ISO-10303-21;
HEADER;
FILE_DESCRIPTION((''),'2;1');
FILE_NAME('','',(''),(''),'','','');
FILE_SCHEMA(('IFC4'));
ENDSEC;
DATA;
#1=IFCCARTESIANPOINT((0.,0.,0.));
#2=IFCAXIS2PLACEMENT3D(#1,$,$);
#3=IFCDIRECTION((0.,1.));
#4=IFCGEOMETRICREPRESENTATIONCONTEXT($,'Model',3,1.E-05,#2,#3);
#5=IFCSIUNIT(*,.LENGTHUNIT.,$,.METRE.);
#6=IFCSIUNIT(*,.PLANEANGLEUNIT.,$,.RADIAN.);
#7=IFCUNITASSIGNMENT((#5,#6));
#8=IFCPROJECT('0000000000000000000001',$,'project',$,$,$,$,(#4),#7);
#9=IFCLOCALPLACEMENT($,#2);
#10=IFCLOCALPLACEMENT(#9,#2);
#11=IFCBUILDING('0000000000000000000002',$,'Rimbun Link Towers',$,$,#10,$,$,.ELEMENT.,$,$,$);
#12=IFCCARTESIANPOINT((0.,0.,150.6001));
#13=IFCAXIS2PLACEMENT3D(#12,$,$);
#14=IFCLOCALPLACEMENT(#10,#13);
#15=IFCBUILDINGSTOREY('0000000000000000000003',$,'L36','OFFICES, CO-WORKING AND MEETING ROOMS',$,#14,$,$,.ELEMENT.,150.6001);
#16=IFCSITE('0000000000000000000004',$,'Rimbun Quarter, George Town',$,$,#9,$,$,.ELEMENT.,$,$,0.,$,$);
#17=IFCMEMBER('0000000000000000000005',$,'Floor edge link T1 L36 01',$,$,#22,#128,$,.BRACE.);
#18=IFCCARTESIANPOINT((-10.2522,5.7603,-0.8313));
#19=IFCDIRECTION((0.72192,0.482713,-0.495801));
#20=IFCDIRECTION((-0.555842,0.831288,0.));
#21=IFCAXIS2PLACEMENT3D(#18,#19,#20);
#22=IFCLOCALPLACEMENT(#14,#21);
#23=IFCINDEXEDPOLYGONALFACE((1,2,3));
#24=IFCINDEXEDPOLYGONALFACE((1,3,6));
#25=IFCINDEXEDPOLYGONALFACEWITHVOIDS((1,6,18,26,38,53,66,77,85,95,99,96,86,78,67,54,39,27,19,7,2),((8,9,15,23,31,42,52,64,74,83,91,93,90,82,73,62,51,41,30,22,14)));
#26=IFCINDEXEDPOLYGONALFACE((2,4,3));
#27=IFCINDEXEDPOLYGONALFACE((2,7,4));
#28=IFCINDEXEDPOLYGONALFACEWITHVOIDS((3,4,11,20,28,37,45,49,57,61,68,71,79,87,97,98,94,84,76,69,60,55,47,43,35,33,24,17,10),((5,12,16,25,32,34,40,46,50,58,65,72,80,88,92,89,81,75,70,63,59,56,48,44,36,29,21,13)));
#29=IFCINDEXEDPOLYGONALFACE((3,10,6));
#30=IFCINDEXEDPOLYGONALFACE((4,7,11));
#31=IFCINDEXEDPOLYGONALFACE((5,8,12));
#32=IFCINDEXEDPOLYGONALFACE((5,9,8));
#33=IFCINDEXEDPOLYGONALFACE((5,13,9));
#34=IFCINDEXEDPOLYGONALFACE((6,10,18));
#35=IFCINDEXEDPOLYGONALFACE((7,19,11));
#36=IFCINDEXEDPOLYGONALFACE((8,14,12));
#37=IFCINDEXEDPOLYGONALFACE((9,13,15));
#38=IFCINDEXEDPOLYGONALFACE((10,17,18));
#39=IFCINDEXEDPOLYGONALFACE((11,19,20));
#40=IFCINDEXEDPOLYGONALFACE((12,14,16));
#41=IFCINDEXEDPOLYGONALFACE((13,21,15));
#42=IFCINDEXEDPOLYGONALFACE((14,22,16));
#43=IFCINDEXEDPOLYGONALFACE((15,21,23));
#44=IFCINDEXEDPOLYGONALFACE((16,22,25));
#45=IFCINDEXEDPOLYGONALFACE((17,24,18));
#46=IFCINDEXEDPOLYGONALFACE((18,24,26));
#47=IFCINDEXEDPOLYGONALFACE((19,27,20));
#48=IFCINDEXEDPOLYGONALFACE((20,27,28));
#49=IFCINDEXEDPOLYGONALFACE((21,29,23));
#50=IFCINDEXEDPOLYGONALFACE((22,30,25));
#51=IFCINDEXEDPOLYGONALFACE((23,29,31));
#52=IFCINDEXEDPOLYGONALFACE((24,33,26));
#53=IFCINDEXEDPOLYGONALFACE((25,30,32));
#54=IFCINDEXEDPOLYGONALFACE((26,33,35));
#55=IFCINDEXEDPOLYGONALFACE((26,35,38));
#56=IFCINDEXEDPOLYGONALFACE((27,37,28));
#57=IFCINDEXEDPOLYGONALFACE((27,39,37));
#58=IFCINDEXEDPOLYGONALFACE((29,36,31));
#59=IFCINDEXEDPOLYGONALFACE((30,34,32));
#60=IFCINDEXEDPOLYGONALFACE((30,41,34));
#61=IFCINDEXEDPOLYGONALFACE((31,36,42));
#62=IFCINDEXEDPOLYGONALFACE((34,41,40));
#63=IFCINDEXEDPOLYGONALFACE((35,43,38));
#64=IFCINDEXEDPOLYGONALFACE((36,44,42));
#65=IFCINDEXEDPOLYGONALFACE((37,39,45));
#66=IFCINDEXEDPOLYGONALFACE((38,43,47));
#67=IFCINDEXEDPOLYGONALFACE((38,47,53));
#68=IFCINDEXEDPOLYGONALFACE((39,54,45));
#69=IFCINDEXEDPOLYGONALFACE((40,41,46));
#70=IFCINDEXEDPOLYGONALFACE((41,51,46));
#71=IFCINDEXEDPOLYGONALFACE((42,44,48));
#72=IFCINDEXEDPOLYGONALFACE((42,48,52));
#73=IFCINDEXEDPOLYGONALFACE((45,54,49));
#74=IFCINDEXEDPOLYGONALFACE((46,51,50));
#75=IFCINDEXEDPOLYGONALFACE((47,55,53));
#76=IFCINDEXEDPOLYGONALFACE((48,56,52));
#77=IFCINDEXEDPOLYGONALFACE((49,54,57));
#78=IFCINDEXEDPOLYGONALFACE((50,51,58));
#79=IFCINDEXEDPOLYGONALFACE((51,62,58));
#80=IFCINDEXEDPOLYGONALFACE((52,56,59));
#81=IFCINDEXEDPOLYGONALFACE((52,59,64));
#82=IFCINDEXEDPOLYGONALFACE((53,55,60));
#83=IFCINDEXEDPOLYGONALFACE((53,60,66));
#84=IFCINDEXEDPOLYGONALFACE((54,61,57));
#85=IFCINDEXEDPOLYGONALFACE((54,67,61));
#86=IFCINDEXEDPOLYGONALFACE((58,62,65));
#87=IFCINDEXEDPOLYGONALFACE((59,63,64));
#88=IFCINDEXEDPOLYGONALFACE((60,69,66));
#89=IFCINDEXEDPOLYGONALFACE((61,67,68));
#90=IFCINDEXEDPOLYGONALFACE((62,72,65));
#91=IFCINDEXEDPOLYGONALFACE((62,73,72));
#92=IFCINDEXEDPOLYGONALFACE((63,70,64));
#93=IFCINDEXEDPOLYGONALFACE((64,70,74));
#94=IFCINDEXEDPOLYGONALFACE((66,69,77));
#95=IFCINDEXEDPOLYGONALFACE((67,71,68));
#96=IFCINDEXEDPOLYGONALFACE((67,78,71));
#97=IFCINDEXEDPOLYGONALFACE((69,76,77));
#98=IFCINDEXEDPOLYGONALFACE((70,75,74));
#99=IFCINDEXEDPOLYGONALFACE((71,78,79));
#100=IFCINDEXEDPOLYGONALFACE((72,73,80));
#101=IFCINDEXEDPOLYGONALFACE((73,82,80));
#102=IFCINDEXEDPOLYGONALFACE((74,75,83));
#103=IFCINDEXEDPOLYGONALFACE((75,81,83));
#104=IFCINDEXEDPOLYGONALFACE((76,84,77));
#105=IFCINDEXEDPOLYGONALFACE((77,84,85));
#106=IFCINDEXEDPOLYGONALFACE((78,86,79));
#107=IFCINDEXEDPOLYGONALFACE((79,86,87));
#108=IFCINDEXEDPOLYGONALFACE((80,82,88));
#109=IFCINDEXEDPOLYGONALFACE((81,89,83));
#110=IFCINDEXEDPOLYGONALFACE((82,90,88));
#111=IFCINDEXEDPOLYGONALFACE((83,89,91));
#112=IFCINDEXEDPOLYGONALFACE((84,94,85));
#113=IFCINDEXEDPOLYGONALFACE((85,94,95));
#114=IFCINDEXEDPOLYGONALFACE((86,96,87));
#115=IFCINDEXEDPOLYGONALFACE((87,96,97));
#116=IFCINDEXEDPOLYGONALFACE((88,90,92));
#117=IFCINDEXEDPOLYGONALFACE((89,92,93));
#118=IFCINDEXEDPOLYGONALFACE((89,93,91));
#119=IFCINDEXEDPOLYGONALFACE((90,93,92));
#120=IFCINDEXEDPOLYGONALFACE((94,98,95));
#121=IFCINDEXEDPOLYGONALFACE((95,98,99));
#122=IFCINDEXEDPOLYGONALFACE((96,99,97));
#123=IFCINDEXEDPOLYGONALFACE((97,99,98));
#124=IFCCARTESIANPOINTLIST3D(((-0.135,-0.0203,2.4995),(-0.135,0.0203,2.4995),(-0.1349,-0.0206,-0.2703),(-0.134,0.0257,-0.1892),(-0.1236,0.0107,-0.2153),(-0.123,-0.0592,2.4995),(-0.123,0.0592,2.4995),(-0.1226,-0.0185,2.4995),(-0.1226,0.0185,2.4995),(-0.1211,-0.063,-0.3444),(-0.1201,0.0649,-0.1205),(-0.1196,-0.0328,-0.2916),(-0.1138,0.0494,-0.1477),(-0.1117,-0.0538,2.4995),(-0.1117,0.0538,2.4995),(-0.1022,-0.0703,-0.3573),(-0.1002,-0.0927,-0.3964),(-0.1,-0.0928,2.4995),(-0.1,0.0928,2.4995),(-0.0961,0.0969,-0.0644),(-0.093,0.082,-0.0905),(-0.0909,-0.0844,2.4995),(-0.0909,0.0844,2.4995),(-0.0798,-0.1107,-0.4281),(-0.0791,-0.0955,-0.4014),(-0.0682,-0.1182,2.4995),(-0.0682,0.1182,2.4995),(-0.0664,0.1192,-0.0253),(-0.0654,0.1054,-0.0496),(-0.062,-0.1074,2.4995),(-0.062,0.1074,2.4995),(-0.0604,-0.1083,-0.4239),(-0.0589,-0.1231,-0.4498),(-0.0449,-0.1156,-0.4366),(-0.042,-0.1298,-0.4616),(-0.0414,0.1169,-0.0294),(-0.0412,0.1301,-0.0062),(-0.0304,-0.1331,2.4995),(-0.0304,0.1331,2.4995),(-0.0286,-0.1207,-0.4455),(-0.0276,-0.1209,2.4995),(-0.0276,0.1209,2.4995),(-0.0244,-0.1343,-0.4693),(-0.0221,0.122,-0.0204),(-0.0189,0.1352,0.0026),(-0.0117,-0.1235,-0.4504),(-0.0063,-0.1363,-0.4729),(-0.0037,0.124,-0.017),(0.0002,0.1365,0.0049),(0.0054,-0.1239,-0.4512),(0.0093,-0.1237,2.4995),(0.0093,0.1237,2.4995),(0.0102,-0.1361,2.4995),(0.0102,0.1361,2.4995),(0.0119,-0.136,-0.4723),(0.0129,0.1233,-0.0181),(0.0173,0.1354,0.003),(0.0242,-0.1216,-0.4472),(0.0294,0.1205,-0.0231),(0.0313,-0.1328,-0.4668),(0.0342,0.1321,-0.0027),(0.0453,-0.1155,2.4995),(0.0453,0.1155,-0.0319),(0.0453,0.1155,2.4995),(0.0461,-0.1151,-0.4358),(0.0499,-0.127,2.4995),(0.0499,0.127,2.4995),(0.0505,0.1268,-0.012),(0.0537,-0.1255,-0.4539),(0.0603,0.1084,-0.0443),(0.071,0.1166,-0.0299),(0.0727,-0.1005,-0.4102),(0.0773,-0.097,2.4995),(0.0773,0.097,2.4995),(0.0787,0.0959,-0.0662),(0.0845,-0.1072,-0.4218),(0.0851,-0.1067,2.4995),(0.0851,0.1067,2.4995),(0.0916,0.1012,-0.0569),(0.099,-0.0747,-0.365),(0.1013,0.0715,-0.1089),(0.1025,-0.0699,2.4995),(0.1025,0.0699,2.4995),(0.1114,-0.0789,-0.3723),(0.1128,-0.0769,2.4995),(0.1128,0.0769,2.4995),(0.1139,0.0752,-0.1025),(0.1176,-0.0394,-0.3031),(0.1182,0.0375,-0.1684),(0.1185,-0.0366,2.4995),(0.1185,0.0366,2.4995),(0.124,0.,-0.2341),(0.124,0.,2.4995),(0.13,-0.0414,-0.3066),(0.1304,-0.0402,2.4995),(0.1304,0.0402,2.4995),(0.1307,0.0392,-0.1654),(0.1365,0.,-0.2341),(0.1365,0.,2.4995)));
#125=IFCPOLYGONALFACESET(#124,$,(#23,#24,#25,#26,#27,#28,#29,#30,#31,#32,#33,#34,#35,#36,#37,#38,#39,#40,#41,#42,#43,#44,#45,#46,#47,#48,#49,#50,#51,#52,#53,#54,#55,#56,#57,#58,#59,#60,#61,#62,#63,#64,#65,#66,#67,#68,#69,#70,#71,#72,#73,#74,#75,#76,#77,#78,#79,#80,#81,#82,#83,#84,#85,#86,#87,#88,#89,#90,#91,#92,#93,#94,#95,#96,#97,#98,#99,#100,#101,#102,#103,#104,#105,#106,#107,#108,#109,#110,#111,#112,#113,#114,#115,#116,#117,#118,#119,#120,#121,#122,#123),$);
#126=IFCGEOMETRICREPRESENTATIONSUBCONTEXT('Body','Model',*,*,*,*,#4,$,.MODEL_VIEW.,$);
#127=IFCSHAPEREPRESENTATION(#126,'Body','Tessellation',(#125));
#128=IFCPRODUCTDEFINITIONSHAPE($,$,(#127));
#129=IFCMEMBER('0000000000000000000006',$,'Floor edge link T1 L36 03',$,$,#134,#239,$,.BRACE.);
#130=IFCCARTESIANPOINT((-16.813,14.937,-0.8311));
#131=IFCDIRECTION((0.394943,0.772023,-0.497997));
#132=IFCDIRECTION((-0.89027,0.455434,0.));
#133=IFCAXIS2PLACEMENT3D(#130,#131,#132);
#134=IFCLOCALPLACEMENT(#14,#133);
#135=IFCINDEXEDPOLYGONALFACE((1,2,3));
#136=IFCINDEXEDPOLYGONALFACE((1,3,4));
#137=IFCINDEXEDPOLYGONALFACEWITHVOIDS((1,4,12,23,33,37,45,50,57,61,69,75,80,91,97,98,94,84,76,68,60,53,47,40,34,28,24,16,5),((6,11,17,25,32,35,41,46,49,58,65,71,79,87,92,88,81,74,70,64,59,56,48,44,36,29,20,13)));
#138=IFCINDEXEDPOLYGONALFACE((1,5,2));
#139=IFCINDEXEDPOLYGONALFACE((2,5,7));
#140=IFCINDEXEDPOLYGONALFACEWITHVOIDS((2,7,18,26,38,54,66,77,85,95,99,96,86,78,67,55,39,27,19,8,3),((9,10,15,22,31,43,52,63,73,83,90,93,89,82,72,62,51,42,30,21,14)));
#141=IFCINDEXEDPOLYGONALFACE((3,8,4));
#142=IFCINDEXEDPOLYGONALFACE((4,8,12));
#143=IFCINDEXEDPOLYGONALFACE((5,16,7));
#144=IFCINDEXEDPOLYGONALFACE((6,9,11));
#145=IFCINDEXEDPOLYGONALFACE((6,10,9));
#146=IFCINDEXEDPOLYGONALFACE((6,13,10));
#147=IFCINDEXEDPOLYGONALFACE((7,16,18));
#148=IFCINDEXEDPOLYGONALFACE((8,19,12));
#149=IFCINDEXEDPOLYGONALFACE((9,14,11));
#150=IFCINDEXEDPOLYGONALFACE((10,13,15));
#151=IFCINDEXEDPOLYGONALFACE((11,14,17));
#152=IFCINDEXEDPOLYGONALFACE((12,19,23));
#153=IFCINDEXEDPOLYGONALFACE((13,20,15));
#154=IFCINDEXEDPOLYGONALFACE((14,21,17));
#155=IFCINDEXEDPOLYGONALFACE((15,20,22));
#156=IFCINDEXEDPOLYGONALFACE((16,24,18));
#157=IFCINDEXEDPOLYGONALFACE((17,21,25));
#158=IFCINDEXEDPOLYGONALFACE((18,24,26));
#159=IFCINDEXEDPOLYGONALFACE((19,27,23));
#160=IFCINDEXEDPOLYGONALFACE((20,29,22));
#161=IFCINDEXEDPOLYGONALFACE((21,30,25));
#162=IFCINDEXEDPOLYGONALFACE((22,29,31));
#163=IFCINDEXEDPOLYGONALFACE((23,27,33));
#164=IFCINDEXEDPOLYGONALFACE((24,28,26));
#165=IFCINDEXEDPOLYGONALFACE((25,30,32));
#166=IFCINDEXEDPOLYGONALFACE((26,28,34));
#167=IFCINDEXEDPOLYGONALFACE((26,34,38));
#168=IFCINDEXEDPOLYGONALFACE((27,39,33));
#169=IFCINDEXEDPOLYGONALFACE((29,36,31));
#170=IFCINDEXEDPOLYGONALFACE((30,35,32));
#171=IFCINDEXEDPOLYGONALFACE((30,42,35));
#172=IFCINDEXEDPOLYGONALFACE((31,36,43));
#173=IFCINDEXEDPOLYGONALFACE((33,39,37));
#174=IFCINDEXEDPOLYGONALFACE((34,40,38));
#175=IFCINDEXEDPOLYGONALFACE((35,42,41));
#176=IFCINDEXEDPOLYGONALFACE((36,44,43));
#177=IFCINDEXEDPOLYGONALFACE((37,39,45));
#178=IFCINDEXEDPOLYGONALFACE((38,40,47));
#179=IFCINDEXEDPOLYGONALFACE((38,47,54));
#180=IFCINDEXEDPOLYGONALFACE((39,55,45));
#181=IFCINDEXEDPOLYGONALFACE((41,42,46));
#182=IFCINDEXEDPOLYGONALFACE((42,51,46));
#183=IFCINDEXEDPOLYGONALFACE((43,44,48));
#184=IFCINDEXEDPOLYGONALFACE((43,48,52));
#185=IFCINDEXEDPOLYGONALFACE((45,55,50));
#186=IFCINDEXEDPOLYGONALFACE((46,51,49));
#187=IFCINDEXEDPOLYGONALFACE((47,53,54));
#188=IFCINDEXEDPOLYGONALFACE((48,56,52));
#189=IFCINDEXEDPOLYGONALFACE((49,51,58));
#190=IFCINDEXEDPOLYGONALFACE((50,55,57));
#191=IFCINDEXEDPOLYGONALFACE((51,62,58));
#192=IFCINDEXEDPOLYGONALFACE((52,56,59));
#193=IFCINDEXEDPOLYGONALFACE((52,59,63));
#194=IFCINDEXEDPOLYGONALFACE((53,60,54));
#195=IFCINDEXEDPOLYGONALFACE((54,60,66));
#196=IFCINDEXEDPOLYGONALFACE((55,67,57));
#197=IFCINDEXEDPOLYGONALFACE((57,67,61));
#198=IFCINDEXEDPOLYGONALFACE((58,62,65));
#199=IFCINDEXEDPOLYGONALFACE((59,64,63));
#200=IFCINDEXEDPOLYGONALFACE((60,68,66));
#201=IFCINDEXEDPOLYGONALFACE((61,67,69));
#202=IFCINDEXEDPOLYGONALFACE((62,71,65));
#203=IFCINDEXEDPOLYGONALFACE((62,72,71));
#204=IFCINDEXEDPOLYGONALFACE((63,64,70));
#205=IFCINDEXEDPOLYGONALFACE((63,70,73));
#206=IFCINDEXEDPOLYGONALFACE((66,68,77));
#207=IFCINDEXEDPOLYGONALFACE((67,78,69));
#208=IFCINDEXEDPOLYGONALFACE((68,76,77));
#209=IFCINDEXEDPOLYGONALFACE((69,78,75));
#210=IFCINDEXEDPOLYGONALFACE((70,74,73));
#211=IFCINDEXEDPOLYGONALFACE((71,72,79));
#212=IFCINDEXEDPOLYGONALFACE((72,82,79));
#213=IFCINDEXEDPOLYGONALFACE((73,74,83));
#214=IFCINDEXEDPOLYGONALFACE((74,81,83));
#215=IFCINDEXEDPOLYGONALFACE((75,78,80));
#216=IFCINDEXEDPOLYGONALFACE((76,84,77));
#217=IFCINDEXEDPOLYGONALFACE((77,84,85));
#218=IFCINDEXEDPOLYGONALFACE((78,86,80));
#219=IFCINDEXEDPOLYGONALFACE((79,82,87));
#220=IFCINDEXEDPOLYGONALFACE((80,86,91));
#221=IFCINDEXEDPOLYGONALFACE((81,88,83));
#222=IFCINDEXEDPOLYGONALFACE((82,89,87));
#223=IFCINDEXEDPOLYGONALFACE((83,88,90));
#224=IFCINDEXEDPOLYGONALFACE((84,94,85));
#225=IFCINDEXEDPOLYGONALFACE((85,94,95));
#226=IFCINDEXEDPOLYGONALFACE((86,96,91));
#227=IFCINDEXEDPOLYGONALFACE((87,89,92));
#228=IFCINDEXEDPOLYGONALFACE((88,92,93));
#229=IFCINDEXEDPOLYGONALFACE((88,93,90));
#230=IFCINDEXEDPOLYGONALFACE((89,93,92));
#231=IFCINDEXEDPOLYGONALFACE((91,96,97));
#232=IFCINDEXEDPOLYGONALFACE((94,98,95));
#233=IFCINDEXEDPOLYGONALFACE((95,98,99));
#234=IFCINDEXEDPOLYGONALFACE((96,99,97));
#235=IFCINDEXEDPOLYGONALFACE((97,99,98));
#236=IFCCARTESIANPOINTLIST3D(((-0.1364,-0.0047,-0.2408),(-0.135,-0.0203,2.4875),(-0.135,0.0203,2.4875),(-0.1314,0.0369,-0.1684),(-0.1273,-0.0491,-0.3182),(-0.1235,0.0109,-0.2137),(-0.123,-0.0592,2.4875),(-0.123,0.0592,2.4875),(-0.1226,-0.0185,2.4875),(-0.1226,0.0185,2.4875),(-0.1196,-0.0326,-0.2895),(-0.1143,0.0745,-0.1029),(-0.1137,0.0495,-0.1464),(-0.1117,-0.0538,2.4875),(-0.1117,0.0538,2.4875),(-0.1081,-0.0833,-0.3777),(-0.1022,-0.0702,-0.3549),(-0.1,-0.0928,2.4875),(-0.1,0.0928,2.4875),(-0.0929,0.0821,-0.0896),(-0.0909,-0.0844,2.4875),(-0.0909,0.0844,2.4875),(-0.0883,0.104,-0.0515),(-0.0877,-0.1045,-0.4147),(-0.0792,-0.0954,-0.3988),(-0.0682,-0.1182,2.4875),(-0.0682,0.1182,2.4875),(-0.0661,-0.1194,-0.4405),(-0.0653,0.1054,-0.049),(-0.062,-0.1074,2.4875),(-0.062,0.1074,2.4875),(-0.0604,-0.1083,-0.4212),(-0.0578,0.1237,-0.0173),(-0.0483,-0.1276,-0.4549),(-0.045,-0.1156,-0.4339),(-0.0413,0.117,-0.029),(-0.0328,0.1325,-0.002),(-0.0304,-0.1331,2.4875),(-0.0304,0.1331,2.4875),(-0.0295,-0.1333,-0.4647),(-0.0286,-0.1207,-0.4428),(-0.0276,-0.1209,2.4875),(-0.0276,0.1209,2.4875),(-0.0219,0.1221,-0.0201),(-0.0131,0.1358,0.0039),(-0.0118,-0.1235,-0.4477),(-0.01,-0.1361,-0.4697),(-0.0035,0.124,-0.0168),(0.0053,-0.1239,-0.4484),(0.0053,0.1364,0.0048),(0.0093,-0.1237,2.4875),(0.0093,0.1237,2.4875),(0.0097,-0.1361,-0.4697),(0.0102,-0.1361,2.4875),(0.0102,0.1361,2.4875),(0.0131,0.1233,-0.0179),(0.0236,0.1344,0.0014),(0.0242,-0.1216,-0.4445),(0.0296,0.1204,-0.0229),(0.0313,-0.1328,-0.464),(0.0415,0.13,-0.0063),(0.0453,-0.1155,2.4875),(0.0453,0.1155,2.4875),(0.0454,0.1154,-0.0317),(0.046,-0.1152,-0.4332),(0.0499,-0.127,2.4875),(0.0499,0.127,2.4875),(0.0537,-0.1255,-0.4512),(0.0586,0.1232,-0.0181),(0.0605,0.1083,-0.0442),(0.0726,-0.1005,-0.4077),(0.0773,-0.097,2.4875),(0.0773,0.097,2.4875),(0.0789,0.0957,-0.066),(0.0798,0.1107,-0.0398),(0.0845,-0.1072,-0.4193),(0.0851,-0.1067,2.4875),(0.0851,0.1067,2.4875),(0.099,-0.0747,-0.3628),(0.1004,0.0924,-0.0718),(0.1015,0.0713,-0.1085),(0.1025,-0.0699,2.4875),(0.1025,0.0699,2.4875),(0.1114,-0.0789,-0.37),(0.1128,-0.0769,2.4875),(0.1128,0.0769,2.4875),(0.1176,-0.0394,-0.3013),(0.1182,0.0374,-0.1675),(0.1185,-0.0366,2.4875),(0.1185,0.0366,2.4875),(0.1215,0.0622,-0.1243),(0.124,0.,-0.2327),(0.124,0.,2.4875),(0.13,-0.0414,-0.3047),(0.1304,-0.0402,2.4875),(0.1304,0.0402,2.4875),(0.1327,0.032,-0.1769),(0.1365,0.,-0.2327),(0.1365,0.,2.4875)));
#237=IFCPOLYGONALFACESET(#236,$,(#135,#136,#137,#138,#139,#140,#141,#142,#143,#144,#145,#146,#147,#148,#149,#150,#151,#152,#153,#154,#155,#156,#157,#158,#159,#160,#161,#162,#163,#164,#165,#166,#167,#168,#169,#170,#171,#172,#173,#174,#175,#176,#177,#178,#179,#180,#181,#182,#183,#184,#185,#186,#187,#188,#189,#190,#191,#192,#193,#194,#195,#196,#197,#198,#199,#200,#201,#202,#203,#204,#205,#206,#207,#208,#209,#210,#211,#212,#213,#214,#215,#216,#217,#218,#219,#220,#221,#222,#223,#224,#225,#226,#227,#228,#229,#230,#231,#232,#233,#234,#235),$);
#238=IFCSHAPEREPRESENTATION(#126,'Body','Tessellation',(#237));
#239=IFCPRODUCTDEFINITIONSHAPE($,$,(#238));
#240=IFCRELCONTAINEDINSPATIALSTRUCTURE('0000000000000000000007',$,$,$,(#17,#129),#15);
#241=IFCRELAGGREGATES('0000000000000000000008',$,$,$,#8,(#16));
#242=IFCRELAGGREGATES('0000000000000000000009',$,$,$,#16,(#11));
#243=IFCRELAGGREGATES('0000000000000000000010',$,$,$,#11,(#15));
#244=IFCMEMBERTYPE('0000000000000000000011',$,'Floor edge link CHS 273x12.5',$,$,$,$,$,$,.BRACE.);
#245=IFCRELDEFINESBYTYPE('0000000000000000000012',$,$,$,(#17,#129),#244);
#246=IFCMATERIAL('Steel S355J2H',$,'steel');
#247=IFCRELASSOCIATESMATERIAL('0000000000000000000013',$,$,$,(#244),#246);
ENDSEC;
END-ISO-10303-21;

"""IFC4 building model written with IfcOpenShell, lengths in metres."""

from ifc_helpers import new_model, si_unit, direction, frame, origin, origin_2d, place, context, subcontext, project, spatial, hollow_circle, extrude, clip, halfspace, material, material_profile, profile_set, type_object, element, save


model = new_model("IFC4")

# Units and contexts
model_context = context("Model", 3, precision=1e-05, world=origin(), true_north=direction((0.0, 1.0)))
body_context = subcontext(model_context, "Body", "Model", "MODEL_VIEW")
ifc_project = project(units=[si_unit("LENGTHUNIT", "METRE"), si_unit("PLANEANGLEUNIT", "RADIAN")], contexts=[model_context])

# Site, building, storey
site_placement = place(None, origin())
site = spatial("IfcSite", under=ifc_project, at=site_placement, Name="Rimbun Quarter, George Town", CompositionType="ELEMENT", RefElevation=0.0)
building_placement = place(site_placement, origin())
building = spatial("IfcBuilding", under=site, at=building_placement, Name="Rimbun Link Towers", CompositionType="ELEMENT")
storey_placement = place(building_placement, frame((0.0, 0.0, 150.6001)))
storey = spatial("IfcBuildingStorey", under=building, at=storey_placement, Name="L36", Description="OFFICES, CO-WORKING AND MEETING ROOMS", CompositionType="ELEMENT", Elevation=150.6001)

# Members
ifc_material_1 = material(Name="Steel S355J2H", Category="steel")
ifc_material_profile_1 = material_profile(ifc_material_1, hollow_circle(Radius=0.1365, WallThickness=0.0125, at=origin_2d()), Name="CHS 273x12.5")
ifc_profile_set_1 = profile_set([ifc_material_profile_1], Name="Steel S355J2H")
member_type_1 = type_object("IfcMemberType", Name="Floor edge link CHS 273x12.5", PredefinedType="BRACE", material=ifc_profile_set_1)
member_1_placement = place(storey_placement, frame((-10.2522, 5.7603, -0.8313), z_axis=(0.72192, 0.482713, -0.495801), x_axis=(-0.555842, 0.831288, 0.0)))
element("IfcMember", 1, at=member_1_placement, inside=storey, type_object=member_type_1, Name="Floor edge link T1 L36 01", PredefinedType="BRACE", context=body_context, shape_type="Clipping", body=[
    clip(extrude(hollow_circle(Radius=0.1365, WallThickness=0.0125, at=origin_2d()), frame((0.0, 0.0, -0.4983)), (0.0, 0.0, 1.0), 2.9978), halfspace(frame((0.0, 0.0, -0.2341), z_axis=(0.0, 0.868436, -0.495801)), False)),
])
member_2_placement = place(storey_placement, frame((-16.813, 14.937, -0.8311), z_axis=(0.394943, 0.772023, -0.497997), x_axis=(-0.89027, 0.455434, 0.0)))
element("IfcMember", 2, at=member_2_placement, inside=storey, type_object=member_type_1, Name="Floor edge link T1 L36 03", PredefinedType="BRACE", context=body_context, shape_type="Clipping", body=[
    clip(extrude(hollow_circle(Radius=0.1365, WallThickness=0.0125, at=origin_2d()), frame((0.0, 0.0, -0.4954)), (0.0, 0.0, 1.0), 2.9829), halfspace(frame((0.0, 0.0, -0.2327), z_axis=(0.0, 0.867179, -0.497997)), False)),
])

save(model, "model.ifc")
